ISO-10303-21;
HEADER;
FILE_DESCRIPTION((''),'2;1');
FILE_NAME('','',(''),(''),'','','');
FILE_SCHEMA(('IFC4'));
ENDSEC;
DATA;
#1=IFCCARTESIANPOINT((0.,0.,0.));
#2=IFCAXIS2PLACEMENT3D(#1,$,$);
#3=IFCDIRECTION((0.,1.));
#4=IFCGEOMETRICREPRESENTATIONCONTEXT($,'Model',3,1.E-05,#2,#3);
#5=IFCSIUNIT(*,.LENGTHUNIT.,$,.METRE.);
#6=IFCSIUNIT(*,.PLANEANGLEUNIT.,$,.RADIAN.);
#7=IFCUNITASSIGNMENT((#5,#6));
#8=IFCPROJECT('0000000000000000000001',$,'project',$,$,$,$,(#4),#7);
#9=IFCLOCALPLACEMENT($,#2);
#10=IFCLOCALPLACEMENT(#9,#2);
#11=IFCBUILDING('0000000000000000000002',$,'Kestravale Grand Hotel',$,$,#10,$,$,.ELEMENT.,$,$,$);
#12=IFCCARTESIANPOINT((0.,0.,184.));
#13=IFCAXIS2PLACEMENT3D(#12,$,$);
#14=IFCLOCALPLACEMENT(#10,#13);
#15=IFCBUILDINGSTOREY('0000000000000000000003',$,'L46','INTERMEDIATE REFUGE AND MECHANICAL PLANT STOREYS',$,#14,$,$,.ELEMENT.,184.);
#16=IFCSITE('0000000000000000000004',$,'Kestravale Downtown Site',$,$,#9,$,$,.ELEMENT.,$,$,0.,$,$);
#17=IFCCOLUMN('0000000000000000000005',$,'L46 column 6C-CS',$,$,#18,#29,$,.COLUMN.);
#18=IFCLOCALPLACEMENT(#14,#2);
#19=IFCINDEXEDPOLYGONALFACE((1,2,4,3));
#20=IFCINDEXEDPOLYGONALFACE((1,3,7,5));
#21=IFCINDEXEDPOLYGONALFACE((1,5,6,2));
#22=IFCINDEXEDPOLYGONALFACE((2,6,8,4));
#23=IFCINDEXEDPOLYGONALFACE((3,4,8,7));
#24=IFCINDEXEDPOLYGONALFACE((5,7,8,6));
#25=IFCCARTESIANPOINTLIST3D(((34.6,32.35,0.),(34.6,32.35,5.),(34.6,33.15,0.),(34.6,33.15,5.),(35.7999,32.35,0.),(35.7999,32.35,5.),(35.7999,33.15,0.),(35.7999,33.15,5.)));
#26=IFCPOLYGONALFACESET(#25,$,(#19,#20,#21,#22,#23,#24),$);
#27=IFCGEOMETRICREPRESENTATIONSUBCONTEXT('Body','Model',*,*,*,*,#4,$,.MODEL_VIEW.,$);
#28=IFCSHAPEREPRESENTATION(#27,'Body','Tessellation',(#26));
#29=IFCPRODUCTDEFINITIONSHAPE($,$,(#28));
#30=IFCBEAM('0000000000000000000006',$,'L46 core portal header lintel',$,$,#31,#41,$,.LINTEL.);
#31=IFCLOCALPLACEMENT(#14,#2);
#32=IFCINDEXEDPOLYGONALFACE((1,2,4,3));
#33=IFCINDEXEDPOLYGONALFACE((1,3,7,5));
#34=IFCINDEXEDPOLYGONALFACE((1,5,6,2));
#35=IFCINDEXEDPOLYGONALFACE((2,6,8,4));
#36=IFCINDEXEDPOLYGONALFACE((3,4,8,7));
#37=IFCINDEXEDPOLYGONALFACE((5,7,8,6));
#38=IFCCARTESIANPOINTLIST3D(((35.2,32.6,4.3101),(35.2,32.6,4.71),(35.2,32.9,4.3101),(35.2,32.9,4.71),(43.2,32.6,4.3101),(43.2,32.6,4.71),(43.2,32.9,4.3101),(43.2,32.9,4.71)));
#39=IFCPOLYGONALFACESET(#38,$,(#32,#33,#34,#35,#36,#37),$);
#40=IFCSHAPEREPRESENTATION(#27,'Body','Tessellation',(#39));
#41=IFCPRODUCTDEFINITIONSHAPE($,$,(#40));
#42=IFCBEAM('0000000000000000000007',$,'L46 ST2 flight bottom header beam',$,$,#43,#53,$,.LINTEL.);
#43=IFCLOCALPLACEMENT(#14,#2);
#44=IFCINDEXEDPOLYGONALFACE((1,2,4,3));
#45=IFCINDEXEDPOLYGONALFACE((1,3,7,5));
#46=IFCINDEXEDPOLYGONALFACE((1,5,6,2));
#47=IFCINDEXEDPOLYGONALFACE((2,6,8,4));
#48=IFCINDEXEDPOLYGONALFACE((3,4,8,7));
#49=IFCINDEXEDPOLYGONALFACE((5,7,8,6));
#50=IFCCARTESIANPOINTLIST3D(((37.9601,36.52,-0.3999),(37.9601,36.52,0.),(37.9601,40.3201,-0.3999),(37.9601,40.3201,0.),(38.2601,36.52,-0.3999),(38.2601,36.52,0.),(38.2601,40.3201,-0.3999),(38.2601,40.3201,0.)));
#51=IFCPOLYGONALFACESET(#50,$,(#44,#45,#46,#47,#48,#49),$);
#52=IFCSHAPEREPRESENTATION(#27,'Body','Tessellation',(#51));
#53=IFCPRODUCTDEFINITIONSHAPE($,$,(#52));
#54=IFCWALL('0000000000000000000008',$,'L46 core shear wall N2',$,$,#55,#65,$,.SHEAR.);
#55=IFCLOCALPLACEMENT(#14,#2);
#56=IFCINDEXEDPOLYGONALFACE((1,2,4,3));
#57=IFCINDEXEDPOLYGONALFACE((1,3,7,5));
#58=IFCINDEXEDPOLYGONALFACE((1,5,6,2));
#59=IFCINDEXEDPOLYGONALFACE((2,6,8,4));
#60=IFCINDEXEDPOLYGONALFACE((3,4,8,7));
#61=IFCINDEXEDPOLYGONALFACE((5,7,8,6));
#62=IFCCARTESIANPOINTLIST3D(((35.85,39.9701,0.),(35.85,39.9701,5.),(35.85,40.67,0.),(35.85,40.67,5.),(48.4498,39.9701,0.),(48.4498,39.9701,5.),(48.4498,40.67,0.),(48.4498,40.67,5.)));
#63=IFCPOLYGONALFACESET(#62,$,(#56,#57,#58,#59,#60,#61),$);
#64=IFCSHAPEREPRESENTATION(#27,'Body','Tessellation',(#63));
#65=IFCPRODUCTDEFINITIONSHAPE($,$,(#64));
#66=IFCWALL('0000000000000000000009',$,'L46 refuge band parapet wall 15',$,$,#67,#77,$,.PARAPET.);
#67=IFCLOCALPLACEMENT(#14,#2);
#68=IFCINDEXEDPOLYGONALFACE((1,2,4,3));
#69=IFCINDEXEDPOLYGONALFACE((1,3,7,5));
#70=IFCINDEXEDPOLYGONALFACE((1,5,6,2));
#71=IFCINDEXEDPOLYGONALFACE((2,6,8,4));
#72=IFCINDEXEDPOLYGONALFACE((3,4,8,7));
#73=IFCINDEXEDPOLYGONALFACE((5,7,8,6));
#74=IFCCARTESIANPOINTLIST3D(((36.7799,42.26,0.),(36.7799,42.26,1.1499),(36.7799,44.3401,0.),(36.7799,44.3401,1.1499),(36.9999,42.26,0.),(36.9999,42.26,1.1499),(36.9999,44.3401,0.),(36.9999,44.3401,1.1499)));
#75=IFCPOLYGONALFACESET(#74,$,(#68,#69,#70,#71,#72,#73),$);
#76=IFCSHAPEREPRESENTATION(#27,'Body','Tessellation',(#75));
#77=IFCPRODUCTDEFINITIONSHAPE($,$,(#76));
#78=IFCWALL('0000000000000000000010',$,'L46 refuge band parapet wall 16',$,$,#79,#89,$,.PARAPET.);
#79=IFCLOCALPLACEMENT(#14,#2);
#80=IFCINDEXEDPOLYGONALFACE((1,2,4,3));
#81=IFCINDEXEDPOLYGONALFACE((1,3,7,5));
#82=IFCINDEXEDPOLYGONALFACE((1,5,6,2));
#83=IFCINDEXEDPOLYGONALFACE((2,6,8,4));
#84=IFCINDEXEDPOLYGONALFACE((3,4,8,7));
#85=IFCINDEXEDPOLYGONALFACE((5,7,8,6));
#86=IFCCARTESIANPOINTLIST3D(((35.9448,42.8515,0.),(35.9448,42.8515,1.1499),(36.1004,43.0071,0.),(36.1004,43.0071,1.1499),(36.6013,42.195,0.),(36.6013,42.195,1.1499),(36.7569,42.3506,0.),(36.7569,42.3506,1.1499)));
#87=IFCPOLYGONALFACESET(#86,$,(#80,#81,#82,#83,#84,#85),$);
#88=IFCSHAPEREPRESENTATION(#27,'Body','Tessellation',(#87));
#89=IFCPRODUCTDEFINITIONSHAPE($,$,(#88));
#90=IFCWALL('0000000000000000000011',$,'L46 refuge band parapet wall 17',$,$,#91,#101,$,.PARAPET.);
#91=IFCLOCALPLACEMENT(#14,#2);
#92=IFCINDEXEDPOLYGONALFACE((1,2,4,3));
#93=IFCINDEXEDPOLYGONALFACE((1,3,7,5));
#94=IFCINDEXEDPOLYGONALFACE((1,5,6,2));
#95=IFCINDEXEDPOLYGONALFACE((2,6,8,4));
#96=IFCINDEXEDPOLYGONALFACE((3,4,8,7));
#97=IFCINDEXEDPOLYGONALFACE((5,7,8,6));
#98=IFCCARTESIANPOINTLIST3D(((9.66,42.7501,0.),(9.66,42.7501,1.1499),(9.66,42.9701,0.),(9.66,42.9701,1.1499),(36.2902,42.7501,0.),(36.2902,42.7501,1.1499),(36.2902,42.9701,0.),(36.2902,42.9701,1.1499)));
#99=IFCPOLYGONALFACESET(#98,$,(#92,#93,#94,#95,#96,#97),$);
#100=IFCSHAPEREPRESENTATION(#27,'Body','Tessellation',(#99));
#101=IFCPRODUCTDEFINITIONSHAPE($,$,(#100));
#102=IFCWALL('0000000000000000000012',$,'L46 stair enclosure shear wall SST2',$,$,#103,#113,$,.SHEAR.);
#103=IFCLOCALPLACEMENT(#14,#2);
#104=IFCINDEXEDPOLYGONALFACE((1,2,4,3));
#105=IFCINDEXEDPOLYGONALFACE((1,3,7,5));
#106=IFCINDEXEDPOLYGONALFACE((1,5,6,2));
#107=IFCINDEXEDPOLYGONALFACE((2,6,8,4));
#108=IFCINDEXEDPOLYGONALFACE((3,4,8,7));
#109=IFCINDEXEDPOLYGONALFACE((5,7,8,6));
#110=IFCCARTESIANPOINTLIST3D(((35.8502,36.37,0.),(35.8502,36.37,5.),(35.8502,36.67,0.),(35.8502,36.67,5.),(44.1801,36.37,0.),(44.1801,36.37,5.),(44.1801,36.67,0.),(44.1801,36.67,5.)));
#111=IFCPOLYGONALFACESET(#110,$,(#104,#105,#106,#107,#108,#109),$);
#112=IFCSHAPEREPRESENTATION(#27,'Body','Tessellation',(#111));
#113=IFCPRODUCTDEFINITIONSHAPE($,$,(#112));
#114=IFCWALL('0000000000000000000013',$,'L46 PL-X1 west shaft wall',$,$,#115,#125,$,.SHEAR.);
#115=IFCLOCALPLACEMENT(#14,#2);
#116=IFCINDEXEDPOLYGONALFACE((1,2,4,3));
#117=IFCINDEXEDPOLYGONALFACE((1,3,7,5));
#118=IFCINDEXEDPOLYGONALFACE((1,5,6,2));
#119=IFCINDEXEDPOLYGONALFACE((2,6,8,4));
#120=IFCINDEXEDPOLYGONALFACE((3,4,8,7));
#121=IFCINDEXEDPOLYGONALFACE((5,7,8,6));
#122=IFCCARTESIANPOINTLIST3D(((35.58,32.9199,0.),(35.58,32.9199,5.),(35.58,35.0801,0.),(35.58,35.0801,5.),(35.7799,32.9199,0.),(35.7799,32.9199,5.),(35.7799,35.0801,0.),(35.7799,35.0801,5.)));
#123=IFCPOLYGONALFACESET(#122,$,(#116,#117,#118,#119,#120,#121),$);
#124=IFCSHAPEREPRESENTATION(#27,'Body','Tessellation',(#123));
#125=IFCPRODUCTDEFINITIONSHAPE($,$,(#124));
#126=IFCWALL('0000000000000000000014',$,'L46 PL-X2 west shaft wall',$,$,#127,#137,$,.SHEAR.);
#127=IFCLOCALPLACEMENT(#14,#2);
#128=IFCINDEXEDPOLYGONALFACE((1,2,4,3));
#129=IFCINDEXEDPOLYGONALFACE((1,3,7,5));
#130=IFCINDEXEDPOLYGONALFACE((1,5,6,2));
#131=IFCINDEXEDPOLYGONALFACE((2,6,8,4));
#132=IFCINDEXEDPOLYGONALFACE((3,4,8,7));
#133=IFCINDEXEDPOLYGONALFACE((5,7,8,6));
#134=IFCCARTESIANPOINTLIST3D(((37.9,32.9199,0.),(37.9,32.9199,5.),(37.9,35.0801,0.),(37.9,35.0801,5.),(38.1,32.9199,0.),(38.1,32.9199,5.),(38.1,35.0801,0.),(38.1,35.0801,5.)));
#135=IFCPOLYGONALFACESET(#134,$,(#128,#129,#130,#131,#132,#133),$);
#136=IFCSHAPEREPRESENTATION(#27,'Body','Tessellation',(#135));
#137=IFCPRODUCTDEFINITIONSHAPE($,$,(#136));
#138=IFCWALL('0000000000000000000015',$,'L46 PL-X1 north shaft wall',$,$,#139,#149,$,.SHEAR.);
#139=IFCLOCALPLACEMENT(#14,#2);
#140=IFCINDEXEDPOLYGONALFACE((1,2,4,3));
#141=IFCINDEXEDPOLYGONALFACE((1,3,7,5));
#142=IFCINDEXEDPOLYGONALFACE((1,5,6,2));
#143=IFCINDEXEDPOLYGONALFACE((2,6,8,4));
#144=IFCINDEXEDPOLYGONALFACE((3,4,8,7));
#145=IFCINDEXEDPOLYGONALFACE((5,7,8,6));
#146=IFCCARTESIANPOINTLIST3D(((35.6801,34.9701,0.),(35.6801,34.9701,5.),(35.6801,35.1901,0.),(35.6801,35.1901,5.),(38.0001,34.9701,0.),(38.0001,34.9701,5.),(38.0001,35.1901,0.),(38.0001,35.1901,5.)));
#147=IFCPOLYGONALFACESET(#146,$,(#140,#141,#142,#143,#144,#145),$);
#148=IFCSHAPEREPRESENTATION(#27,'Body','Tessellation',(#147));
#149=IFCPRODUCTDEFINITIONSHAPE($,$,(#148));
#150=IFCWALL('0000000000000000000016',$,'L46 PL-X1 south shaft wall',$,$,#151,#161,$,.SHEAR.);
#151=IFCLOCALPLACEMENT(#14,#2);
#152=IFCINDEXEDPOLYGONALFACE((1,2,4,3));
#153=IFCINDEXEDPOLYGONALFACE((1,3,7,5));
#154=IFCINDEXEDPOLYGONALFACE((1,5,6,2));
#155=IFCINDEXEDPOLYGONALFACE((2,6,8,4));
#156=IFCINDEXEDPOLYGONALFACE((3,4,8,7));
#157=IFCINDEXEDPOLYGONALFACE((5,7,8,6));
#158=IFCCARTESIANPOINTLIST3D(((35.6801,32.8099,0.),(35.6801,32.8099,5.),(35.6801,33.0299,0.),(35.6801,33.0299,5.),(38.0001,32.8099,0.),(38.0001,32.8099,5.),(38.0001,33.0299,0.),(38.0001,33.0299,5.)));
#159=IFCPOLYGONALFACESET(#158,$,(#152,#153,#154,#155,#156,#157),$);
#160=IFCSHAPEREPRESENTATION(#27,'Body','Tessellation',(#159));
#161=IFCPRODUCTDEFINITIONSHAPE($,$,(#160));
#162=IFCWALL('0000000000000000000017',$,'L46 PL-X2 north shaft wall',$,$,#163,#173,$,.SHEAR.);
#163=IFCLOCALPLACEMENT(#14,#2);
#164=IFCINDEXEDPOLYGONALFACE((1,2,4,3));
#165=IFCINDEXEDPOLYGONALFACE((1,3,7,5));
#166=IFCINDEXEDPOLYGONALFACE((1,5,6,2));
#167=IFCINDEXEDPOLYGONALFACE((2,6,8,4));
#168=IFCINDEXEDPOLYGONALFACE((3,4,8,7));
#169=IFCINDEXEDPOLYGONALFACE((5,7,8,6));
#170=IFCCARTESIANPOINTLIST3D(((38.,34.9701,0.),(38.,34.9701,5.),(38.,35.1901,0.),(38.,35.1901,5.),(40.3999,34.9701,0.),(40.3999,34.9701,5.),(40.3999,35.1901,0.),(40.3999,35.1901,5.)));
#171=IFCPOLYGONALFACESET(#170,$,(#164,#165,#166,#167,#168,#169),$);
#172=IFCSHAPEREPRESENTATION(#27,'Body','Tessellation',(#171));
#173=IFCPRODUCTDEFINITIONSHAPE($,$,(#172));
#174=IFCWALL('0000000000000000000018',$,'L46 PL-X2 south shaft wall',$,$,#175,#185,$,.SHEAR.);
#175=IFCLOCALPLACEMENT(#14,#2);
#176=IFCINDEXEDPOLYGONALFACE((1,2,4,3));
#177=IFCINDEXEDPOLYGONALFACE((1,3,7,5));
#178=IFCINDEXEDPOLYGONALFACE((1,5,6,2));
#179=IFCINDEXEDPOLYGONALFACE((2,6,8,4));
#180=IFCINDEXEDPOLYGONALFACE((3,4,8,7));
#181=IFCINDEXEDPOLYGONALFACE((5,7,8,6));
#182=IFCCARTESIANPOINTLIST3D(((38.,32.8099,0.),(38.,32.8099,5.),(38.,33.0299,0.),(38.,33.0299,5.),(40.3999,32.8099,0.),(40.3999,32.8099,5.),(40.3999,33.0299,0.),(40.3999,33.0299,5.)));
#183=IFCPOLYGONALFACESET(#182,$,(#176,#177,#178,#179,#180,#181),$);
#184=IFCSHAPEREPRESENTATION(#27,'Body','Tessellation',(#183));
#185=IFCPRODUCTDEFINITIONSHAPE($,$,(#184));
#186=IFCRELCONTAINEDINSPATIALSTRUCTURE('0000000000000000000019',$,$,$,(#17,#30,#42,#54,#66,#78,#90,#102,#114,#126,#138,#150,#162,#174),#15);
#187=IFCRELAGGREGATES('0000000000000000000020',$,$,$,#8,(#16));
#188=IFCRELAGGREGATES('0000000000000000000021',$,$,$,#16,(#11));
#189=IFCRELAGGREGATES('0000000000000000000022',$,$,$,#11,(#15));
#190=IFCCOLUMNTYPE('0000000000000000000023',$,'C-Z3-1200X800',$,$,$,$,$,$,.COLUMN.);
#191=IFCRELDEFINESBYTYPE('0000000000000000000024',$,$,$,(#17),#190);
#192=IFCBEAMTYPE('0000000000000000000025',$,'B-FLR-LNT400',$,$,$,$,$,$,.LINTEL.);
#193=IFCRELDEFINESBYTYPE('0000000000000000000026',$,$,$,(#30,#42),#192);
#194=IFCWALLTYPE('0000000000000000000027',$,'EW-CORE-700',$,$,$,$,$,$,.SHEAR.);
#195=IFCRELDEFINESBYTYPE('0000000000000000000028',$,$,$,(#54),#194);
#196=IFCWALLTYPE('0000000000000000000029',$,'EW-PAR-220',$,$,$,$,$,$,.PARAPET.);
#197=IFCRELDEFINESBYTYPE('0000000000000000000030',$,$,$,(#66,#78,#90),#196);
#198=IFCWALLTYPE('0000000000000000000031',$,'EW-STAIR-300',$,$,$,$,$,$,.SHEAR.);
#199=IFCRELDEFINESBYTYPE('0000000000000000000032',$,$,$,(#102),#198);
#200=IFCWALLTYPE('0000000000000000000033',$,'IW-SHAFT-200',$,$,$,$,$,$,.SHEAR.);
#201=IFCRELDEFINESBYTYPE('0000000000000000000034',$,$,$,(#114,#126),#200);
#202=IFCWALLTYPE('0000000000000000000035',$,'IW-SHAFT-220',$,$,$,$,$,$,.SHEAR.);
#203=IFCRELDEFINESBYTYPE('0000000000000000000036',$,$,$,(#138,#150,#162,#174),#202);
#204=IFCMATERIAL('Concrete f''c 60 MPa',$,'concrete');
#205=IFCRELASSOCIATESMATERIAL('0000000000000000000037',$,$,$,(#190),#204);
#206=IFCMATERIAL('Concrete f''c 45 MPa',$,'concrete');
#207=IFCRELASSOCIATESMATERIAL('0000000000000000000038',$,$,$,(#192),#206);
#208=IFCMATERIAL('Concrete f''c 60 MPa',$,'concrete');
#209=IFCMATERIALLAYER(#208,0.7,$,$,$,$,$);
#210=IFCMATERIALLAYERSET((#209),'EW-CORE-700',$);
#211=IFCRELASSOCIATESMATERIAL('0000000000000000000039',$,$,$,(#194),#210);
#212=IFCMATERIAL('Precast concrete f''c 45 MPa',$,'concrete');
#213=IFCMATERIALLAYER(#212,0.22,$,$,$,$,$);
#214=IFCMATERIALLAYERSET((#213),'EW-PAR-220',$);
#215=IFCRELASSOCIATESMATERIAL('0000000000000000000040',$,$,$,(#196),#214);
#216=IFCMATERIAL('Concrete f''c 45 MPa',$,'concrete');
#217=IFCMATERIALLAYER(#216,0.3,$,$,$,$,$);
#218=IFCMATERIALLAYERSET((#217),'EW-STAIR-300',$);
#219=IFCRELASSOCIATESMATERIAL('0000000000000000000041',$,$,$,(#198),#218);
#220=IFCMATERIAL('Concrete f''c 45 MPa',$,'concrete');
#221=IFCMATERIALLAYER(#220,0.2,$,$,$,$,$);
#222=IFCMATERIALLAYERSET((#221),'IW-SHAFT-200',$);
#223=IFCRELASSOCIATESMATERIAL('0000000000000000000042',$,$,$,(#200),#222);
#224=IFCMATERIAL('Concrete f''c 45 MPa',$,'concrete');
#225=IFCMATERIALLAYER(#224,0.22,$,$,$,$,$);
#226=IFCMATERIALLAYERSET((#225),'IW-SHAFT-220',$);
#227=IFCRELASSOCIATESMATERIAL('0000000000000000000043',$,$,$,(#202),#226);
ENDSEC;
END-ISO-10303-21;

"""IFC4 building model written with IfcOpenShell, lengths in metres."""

from ifc_helpers import new_model, si_unit, direction, frame, frame_2d, origin, origin_2d, place, context, subcontext, project, spatial, rectangle, extrude, material, layer, layer_set, material_profile, profile_set, type_object, element, save


model = new_model("IFC4")

# Units and contexts
model_context = context("Model", 3, precision=1e-05, world=origin(), true_north=direction((0.0, 1.0)))
body_context = subcontext(model_context, "Body", "Model", "MODEL_VIEW")
ifc_project = project(units=[si_unit("LENGTHUNIT", "METRE"), si_unit("PLANEANGLEUNIT", "RADIAN")], contexts=[model_context])

# Site, building, storey
site_placement = place(None, origin())
site = spatial("IfcSite", under=ifc_project, at=site_placement, Name="Kestravale Downtown Site", CompositionType="ELEMENT", RefElevation=0.0)
building_placement = place(site_placement, origin())
building = spatial("IfcBuilding", under=site, at=building_placement, Name="Kestravale Grand Hotel", CompositionType="ELEMENT")
storey_placement = place(building_placement, frame((0.0, 0.0, 184.0)))
storey = spatial("IfcBuildingStorey", under=building, at=storey_placement, Name="L46", Description="INTERMEDIATE REFUGE AND MECHANICAL PLANT STOREYS", CompositionType="ELEMENT", Elevation=184.0)

# Column
ifc_material_1 = material(Name="Concrete f'c 60 MPa", Category="concrete")
ifc_material_profile_1 = material_profile(ifc_material_1, rectangle(XDim=1.2, YDim=0.8, at=origin_2d()))
ifc_profile_set_1 = profile_set([ifc_material_profile_1], Name="Concrete f'c 60 MPa")
column_type = type_object("IfcColumnType", Name="C-Z3-1200X800", PredefinedType="COLUMN", material=ifc_profile_set_1)
column_placement = place(storey_placement, frame((35.2, 32.75, 0.0), z_axis=(0.0, 0.0, 1.0), x_axis=(1.0, 0.0, 0.0)))
element("IfcColumn", 1, at=column_placement, inside=storey, type_object=column_type, Name="L46 column 6C-CS", PredefinedType="COLUMN", context=body_context, shape_type="SweptSolid", body=[
    extrude(rectangle(XDim=1.2, YDim=0.8, at=origin_2d()), origin(), (0.0, 0.0, 1.0), 5.0),
])

# Beams
ifc_material_2 = material(Name="Concrete f'c 45 MPa", Category="concrete")
ifc_material_profile_2 = material_profile(ifc_material_2, rectangle(XDim=0.3, YDim=0.3999, at=origin_2d()))
ifc_profile_set_2 = profile_set([ifc_material_profile_2], Name="Concrete f'c 45 MPa")
beam_type = type_object("IfcBeamType", Name="B-FLR-LNT400", PredefinedType="LINTEL", material=ifc_profile_set_2)
beam_1_placement = place(storey_placement, frame((35.2, 32.75, 4.51), z_axis=(1.0, 0.0, 0.0), x_axis=(0.0, 1.0, 0.0)))
element("IfcBeam", 2, at=beam_1_placement, inside=storey, type_object=beam_type, Name="L46 core portal header lintel", PredefinedType="LINTEL", context=body_context, shape_type="SweptSolid", body=[
    extrude(rectangle(XDim=0.3, YDim=0.3999, at=origin_2d()), origin(), (0.0, 0.0, 1.0), 8.0),
])
beam_2_placement = place(storey_placement, frame((38.1101, 36.52, -0.2), z_axis=(0.0, 1.0, 0.0), x_axis=(-1.0, 0.0, 0.0)))
element("IfcBeam", 3, at=beam_2_placement, inside=storey, type_object=beam_type, Name="L46 ST2 flight bottom header beam", PredefinedType="LINTEL", context=body_context, shape_type="SweptSolid", body=[
    extrude(rectangle(XDim=0.3, YDim=0.3999, at=origin_2d()), origin(), (0.0, 0.0, 1.0), 3.8),
])

# Wall
ifc_material_3 = material(Name="Concrete f'c 60 MPa", Category="concrete")
ifc_layer_1 = layer(ifc_material_3, 0.7)
ifc_layer_set_1 = layer_set([ifc_layer_1], Name="EW-CORE-700")
wall_type_1 = type_object("IfcWallType", Name="EW-CORE-700", PredefinedType="SHEAR", material=ifc_layer_set_1)
wall_1_placement = place(storey_placement, frame((35.8501, 40.3201, 0.0), z_axis=(0.0, 0.0, 1.0), x_axis=(1.0, 0.0, 0.0)))
element("IfcWall", 4, at=wall_1_placement, inside=storey, type_object=wall_type_1, Name="L46 core shear wall N2", PredefinedType="SHEAR", context=body_context, shape_type="SweptSolid", body=[
    extrude(rectangle(XDim=12.5999, YDim=0.7, at=frame_2d((6.2998, 0.0))), origin(), (0.0, 0.0, 1.0), 5.0),
])

# Walls
ifc_material_4 = material(Name="Precast concrete f'c 45 MPa", Category="concrete")
ifc_layer_2 = layer(ifc_material_4, 0.22)
ifc_layer_set_2 = layer_set([ifc_layer_2], Name="EW-PAR-220")
wall_type_2 = type_object("IfcWallType", Name="EW-PAR-220", PredefinedType="PARAPET", material=ifc_layer_set_2)
wall_2_placement = place(storey_placement, frame((36.8899, 44.3401, 0.0), z_axis=(0.0, 0.0, 1.0), x_axis=(0.0, -1.0, 0.0)))
element("IfcWall", 5, at=wall_2_placement, inside=storey, type_object=wall_type_2, Name="L46 refuge band parapet wall 15", PredefinedType="PARAPET", context=body_context, shape_type="SweptSolid", body=[
    extrude(rectangle(XDim=2.0801, YDim=0.22, at=frame_2d((1.04, 0.0))), origin(), (0.0, 0.0, 1.0), 1.1499),
])
wall_3_placement = place(storey_placement, frame((36.6792, 42.2727, 0.0), z_axis=(0.0, 0.0, 1.0), x_axis=(-0.707107, 0.707107, 0.0)))
element("IfcWall", 6, at=wall_3_placement, inside=storey, type_object=wall_type_2, Name="L46 refuge band parapet wall 16", PredefinedType="PARAPET", context=body_context, shape_type="SweptSolid", body=[
    extrude(rectangle(XDim=0.9285, YDim=0.22, at=frame_2d((0.4644, 0.0))), origin(), (0.0, 0.0, 1.0), 1.1499),
])
wall_4_placement = place(storey_placement, frame((36.29, 42.8601, 0.0), z_axis=(0.0, 0.0, 1.0), x_axis=(-1.0, 0.0, 0.0)))
element("IfcWall", 7, at=wall_4_placement, inside=storey, type_object=wall_type_2, Name="L46 refuge band parapet wall 17", PredefinedType="PARAPET", context=body_context, shape_type="SweptSolid", body=[
    extrude(rectangle(XDim=26.6301, YDim=0.22, at=frame_2d((13.3149, 0.0))), origin(), (0.0, 0.0, 1.0), 1.1499),
])
ifc_material_5 = material(Name="Concrete f'c 45 MPa", Category="concrete")
ifc_layer_3 = layer(ifc_material_5, 0.3)
ifc_layer_set_3 = layer_set([ifc_layer_3], Name="EW-STAIR-300")
wall_type_3 = type_object("IfcWallType", Name="EW-STAIR-300", PredefinedType="SHEAR", material=ifc_layer_set_3)
wall_5_placement = place(storey_placement, frame((35.8501, 36.52, 0.0), z_axis=(0.0, 0.0, 1.0), x_axis=(1.0, 0.0, 0.0)))
element("IfcWall", 8, at=wall_5_placement, inside=storey, type_object=wall_type_3, Name="L46 stair enclosure shear wall SST2", PredefinedType="SHEAR", context=body_context, shape_type="SweptSolid", body=[
    extrude(rectangle(XDim=8.3298, YDim=0.3, at=frame_2d((4.165, 0.0))), origin(), (0.0, 0.0, 1.0), 5.0),
])
ifc_material_6 = material(Name="Concrete f'c 45 MPa", Category="concrete")
ifc_layer_4 = layer(ifc_material_6, 0.2)
ifc_layer_set_4 = layer_set([ifc_layer_4], Name="IW-SHAFT-200")
wall_type_4 = type_object("IfcWallType", Name="IW-SHAFT-200", PredefinedType="SHEAR", material=ifc_layer_set_4)
for number, where, z_axis, x_axis, name in (
    (9, (35.6799, 32.9199, 0.0), (0.0, 0.0, 1.0), (0.0, 1.0, 0.0), "L46 PL-X1 west shaft wall"),
    (10, (38.0, 32.9199, 0.0), (0.0, 0.0, 1.0), (0.0, 1.0, 0.0), "L46 PL-X2 west shaft wall"),
):
    element("IfcWall", number, at=place(storey_placement, frame(where, z_axis=z_axis, x_axis=x_axis)), inside=storey, type_object=wall_type_4, Name=name, PredefinedType="SHEAR", context=body_context, shape_type="SweptSolid", body=[
        extrude(rectangle(XDim=2.1602, YDim=0.2, at=frame_2d((1.0801, 0.0))), origin(), (0.0, 0.0, 1.0), 5.0),
    ])
ifc_material_7 = material(Name="Concrete f'c 45 MPa", Category="concrete")
ifc_layer_5 = layer(ifc_material_7, 0.22)
ifc_layer_set_5 = layer_set([ifc_layer_5], Name="IW-SHAFT-220")
wall_type_5 = type_object("IfcWallType", Name="IW-SHAFT-220", PredefinedType="SHEAR", material=ifc_layer_set_5)
for number, where, z_axis, x_axis, name in (
    (11, (35.6799, 35.0801, 0.0), (0.0, 0.0, 1.0), (1.0, 0.0, 0.0), "L46 PL-X1 north shaft wall"),
    (12, (35.6799, 32.9199, 0.0), (0.0, 0.0, 1.0), (1.0, 0.0, 0.0), "L46 PL-X1 south shaft wall"),
):
    element("IfcWall", number, at=place(storey_placement, frame(where, z_axis=z_axis, x_axis=x_axis)), inside=storey, type_object=wall_type_5, Name=name, PredefinedType="SHEAR", context=body_context, shape_type="SweptSolid", body=[
        extrude(rectangle(XDim=2.3201, YDim=0.22, at=frame_2d((1.1602, 0.0))), origin(), (0.0, 0.0, 1.0), 5.0),
    ])
for number, where, z_axis, x_axis, name in (
    (13, (38.0, 35.0801, 0.0), (0.0, 0.0, 1.0), (1.0, 0.0, 0.0), "L46 PL-X2 north shaft wall"),
    (14, (38.0, 32.9199, 0.0), (0.0, 0.0, 1.0), (1.0, 0.0, 0.0), "L46 PL-X2 south shaft wall"),
):
    element("IfcWall", number, at=place(storey_placement, frame(where, z_axis=z_axis, x_axis=x_axis)), inside=storey, type_object=wall_type_5, Name=name, PredefinedType="SHEAR", context=body_context, shape_type="SweptSolid", body=[
        extrude(rectangle(XDim=2.3999, YDim=0.22, at=frame_2d((1.2, 0.0))), origin(), (0.0, 0.0, 1.0), 5.0),
    ])

save(model, "model.ifc")
